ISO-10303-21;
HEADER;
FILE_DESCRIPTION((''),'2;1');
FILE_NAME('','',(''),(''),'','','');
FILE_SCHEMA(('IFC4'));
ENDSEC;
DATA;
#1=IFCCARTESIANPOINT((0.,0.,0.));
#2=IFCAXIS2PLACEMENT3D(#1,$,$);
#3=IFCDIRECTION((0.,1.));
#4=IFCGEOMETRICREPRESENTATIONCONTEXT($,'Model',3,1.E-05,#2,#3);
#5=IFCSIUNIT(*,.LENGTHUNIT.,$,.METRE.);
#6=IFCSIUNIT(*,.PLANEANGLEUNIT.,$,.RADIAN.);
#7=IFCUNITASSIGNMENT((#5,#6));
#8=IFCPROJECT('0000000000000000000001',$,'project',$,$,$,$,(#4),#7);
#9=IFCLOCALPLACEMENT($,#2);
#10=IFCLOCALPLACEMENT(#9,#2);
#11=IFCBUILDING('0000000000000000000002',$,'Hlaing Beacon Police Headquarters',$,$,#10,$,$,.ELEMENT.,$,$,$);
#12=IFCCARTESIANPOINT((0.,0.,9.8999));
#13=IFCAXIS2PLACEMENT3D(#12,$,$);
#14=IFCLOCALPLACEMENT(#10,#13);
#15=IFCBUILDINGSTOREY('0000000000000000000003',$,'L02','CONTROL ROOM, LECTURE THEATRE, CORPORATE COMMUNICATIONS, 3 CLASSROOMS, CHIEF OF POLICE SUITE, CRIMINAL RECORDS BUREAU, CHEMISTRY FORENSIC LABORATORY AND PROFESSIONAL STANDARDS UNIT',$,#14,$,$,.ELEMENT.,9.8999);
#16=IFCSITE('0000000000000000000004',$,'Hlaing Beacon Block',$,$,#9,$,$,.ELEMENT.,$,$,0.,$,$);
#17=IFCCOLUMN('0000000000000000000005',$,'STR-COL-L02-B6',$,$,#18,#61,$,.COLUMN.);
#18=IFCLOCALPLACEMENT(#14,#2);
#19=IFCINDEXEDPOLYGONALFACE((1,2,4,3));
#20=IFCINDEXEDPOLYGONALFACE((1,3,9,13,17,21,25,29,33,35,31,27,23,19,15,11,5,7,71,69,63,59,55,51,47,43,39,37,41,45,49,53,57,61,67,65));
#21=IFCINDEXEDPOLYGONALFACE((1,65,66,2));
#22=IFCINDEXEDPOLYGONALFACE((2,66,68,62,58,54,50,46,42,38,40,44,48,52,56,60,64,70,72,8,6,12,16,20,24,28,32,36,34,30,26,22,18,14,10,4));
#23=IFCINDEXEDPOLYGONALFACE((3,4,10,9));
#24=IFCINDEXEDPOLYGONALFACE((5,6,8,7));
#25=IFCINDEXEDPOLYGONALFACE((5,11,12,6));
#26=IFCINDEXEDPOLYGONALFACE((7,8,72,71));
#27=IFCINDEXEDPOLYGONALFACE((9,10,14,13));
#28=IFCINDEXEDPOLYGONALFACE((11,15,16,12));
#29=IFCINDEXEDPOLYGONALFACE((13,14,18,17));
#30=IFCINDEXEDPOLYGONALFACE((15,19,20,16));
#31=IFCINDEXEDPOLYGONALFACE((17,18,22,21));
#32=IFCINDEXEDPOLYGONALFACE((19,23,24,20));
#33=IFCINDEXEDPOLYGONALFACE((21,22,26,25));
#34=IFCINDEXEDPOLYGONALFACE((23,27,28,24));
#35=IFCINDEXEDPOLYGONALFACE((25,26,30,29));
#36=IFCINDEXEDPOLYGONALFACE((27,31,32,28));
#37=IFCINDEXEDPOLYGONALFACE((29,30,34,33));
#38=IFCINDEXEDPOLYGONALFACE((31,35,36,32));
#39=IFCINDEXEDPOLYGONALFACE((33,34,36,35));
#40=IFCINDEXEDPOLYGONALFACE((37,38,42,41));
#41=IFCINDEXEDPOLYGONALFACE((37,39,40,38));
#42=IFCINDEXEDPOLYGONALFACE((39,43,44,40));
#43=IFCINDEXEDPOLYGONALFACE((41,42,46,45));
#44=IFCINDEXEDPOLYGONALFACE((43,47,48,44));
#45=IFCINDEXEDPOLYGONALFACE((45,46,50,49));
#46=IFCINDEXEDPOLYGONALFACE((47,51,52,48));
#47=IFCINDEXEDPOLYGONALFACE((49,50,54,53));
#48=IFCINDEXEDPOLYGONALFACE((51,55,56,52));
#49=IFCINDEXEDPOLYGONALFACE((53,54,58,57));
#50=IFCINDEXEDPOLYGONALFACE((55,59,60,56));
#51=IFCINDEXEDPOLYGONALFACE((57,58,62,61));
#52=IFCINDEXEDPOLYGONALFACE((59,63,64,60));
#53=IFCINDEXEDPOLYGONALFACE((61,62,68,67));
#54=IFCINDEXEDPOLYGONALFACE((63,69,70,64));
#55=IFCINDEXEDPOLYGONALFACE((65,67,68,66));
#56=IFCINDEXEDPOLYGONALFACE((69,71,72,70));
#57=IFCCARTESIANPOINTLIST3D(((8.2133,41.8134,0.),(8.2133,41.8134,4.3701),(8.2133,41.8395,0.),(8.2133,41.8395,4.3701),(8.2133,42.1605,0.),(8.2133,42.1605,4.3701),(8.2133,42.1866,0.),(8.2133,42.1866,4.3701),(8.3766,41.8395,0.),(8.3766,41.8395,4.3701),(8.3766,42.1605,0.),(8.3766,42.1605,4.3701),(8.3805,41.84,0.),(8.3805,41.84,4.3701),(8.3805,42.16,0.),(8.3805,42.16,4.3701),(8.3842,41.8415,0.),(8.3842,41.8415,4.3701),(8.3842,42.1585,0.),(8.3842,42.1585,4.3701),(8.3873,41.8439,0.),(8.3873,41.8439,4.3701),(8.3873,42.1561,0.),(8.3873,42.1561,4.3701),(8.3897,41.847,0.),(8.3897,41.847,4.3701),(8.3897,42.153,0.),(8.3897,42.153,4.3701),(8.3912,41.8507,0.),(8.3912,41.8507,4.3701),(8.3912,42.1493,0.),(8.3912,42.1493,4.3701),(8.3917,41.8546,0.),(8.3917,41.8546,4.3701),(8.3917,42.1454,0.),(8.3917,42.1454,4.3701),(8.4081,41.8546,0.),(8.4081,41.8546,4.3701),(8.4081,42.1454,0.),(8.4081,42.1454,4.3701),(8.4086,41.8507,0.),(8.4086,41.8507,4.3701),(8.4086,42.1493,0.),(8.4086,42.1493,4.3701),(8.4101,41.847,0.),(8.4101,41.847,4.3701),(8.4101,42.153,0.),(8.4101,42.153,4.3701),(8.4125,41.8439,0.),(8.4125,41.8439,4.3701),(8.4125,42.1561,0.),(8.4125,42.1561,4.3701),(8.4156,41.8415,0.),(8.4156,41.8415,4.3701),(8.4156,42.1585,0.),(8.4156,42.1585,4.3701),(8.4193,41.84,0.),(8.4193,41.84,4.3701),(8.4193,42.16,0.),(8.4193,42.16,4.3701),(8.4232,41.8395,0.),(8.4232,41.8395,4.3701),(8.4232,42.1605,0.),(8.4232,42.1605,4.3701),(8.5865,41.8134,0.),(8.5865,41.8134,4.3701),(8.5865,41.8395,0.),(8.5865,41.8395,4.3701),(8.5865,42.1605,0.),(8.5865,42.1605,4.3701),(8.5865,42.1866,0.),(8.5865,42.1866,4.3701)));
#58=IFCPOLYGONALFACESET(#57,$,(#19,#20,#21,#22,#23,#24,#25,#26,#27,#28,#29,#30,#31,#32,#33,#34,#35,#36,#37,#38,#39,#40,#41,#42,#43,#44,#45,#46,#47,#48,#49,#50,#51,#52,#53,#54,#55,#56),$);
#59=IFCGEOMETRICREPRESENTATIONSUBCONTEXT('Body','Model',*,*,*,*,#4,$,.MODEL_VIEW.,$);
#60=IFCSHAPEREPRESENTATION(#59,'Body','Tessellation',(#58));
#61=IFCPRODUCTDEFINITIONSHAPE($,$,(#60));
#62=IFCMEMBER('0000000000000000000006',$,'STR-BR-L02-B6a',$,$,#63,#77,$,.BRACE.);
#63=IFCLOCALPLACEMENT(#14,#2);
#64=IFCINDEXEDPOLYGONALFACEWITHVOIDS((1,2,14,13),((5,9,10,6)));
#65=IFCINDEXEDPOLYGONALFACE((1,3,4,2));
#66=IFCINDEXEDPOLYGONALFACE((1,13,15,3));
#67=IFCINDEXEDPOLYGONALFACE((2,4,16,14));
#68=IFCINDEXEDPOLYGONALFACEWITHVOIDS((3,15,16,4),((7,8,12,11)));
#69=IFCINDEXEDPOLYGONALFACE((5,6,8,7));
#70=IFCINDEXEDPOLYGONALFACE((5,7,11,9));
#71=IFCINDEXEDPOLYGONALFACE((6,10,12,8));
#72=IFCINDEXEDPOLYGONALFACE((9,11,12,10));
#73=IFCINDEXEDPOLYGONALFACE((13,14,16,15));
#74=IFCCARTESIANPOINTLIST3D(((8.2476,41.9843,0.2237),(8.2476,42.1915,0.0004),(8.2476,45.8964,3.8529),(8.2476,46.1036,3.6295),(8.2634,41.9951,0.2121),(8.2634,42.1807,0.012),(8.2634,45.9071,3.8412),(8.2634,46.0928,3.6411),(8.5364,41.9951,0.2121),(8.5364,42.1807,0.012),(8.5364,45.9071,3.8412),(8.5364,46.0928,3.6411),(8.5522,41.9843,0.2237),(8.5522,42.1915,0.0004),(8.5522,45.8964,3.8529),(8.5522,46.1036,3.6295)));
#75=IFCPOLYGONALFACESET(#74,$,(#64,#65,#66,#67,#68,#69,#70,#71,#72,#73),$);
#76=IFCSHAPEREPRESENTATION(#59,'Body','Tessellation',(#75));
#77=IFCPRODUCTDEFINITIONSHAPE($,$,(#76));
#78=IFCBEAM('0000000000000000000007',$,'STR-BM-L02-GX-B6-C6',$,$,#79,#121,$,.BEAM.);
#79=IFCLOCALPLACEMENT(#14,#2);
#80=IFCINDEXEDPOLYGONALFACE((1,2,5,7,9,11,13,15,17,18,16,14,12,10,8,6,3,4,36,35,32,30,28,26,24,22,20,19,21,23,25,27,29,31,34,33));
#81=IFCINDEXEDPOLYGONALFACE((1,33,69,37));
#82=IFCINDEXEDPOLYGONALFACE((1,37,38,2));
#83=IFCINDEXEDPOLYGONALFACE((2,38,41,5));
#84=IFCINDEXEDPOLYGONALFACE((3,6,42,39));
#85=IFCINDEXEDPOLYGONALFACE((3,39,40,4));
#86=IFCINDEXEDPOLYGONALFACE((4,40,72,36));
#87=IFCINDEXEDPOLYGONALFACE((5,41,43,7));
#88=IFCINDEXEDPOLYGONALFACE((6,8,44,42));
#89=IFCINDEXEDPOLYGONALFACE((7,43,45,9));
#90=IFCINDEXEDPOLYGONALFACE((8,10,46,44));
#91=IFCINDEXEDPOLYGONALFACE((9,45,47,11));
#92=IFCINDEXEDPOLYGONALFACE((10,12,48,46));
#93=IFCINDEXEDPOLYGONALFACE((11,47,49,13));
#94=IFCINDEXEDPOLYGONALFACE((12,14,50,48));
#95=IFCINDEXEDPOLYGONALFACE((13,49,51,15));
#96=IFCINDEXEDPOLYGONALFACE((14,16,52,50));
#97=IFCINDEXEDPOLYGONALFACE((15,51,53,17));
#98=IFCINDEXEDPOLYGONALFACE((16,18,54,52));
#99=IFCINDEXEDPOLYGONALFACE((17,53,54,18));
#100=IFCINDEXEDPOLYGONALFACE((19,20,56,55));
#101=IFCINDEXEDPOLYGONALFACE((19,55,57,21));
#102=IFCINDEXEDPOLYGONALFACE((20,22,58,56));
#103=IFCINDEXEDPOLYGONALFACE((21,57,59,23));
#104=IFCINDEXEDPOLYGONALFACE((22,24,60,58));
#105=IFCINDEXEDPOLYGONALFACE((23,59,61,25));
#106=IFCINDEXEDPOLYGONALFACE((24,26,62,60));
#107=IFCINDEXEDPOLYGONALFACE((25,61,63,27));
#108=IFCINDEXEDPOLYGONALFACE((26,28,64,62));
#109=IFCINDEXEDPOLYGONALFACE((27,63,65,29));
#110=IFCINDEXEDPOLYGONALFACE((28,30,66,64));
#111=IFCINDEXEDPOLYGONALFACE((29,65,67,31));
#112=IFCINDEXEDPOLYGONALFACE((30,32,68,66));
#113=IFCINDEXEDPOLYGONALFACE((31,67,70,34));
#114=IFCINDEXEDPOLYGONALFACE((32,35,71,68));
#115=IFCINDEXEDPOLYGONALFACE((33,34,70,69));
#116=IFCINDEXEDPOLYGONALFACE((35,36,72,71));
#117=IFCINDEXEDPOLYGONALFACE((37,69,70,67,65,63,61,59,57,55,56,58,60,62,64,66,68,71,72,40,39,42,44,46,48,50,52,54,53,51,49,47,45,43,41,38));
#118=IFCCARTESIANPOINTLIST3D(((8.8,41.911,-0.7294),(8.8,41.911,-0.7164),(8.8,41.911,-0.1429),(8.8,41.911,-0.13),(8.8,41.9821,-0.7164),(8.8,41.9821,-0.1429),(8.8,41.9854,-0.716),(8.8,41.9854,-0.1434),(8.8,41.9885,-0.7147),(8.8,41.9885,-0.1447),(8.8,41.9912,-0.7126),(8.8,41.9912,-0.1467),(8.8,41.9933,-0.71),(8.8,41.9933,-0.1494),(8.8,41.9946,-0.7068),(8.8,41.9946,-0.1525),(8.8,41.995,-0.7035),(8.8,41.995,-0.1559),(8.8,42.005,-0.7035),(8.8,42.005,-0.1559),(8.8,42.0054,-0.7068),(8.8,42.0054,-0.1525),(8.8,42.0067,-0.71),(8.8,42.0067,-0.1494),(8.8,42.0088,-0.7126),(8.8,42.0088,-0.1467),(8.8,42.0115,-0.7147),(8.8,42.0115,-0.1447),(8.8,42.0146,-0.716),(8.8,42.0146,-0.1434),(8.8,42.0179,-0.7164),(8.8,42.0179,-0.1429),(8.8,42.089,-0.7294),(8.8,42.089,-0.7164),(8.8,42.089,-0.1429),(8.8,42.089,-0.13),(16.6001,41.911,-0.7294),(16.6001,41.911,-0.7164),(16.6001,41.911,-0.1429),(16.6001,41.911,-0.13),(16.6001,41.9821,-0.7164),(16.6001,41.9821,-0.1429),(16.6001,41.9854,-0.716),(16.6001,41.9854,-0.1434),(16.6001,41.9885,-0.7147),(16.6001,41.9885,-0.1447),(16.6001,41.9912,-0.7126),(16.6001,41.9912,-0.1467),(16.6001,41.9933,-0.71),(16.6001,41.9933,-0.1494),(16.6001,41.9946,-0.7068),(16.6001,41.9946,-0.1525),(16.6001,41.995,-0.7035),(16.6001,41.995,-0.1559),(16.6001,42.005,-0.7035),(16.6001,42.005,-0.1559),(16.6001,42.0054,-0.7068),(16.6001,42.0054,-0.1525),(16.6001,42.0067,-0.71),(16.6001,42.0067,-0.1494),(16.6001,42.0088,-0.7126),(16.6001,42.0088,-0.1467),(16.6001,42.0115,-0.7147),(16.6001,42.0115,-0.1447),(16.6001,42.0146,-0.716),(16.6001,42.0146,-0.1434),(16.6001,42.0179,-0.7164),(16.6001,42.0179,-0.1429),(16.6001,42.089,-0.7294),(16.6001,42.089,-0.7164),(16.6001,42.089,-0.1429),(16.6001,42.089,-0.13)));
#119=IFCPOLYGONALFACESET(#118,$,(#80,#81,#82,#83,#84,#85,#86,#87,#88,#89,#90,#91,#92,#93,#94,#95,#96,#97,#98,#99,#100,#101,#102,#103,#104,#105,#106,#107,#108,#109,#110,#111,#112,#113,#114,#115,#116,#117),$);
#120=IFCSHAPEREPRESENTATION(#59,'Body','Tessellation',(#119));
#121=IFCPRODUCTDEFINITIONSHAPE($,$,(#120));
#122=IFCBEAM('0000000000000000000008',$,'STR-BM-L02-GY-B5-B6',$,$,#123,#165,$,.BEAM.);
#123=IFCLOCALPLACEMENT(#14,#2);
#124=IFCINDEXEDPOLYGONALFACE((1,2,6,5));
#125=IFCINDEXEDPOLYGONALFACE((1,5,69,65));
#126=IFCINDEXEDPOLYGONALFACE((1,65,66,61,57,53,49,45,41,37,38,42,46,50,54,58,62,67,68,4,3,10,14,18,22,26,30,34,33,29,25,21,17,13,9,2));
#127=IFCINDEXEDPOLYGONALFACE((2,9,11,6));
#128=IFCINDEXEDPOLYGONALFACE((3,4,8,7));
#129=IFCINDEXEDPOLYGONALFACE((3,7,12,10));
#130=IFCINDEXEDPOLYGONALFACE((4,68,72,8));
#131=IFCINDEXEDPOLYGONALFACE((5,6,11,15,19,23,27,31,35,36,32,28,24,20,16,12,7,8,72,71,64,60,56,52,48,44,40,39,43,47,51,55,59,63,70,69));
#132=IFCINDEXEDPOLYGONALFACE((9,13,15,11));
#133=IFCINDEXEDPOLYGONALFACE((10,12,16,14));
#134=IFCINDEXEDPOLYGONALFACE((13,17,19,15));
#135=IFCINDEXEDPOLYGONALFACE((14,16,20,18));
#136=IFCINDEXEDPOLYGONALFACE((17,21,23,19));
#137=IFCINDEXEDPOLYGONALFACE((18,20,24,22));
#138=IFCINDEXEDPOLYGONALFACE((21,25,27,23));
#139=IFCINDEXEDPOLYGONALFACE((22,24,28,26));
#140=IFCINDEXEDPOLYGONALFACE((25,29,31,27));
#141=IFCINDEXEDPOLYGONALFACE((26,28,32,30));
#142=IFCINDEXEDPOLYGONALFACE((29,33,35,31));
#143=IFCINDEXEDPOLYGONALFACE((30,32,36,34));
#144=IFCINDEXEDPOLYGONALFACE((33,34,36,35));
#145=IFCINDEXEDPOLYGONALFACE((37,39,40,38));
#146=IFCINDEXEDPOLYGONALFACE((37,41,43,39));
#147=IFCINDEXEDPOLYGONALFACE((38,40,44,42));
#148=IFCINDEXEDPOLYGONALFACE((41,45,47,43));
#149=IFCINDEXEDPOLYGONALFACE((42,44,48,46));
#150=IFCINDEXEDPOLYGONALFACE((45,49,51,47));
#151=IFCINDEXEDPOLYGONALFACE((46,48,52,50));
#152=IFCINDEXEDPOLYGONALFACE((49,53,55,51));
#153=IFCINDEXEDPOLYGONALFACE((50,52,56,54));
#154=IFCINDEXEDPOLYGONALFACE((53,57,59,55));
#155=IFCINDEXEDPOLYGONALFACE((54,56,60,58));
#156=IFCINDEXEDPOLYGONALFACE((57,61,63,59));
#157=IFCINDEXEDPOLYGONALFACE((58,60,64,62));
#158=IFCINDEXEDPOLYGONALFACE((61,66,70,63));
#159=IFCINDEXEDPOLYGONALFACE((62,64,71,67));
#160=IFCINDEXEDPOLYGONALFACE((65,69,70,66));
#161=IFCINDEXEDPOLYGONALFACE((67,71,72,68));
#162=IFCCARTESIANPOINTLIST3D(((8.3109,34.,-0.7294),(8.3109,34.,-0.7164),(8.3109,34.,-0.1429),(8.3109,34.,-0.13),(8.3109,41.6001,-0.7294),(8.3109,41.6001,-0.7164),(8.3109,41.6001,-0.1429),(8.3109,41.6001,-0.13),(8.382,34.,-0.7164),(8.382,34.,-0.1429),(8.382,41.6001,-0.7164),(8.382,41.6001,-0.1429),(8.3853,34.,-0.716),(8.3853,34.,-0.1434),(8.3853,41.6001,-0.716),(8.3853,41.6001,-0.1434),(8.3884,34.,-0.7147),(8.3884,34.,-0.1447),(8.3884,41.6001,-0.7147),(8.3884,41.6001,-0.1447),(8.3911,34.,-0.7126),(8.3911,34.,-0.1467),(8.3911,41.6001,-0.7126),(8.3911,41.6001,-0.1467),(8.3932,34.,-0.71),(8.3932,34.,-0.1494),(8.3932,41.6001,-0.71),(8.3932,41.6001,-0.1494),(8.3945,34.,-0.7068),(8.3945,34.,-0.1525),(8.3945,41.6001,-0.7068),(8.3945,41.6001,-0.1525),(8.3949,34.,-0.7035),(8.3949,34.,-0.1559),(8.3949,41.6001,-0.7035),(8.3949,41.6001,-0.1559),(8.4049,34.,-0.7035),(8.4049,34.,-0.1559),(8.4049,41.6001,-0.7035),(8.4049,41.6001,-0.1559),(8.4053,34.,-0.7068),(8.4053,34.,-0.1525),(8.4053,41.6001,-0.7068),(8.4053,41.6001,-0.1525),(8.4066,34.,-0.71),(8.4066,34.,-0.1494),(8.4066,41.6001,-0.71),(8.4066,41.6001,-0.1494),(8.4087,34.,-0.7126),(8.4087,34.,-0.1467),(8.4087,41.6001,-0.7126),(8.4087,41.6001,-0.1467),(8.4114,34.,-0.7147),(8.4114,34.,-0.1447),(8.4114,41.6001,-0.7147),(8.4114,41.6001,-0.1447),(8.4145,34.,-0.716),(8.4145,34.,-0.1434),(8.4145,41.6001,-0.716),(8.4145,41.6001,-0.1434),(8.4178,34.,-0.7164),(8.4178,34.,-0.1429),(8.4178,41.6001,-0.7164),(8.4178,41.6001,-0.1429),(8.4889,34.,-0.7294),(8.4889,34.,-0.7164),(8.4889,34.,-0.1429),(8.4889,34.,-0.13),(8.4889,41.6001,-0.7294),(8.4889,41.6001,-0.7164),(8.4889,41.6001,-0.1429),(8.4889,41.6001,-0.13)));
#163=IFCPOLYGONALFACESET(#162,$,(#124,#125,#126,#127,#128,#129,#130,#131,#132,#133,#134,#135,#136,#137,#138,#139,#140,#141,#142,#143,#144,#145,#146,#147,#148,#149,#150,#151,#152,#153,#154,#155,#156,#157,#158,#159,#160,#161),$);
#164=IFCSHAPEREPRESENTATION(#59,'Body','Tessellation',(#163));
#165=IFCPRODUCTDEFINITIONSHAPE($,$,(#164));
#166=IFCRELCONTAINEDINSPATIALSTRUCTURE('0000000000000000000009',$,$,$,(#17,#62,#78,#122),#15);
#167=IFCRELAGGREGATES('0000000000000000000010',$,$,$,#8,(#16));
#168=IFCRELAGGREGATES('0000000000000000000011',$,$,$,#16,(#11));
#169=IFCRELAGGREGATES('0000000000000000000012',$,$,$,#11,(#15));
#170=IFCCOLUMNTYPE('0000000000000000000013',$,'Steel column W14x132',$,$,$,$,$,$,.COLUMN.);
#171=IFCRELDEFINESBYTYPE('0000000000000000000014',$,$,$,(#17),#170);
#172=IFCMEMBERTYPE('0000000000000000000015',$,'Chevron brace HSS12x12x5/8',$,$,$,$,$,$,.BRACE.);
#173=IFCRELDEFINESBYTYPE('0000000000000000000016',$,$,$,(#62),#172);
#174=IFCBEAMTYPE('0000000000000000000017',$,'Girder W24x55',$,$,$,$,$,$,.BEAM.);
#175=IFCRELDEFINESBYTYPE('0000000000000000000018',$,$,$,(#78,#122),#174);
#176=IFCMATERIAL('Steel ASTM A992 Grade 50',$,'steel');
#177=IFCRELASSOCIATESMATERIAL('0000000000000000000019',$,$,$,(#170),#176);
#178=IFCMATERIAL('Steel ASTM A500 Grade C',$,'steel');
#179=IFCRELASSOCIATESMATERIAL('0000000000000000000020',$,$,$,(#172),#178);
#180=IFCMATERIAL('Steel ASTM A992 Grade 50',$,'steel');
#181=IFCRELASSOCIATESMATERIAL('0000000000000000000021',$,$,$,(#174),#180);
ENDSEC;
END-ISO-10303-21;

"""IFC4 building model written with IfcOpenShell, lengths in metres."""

from ifc_helpers import new_model, si_unit, direction, frame, origin, origin_2d, place, context, subcontext, project, spatial, hollow_rectangle, i_section, extrude, material, material_profile, profile_set, type_object, element, save


model = new_model("IFC4")

# Units and contexts
model_context = context("Model", 3, precision=1e-05, world=origin(), true_north=direction((0.0, 1.0)))
body_context = subcontext(model_context, "Body", "Model", "MODEL_VIEW")
ifc_project = project(units=[si_unit("LENGTHUNIT", "METRE"), si_unit("PLANEANGLEUNIT", "RADIAN")], contexts=[model_context])

# Site, building, storey
site_placement = place(None, origin())
site = spatial("IfcSite", under=ifc_project, at=site_placement, Name="Hlaing Beacon Block", CompositionType="ELEMENT", RefElevation=0.0)
building_placement = place(site_placement, origin())
building = spatial("IfcBuilding", under=site, at=building_placement, Name="Hlaing Beacon Police Headquarters", CompositionType="ELEMENT")
storey_placement = place(building_placement, frame((0.0, 0.0, 9.8999)))
storey = spatial("IfcBuildingStorey", under=building, at=storey_placement, Name="L02", Description="CONTROL ROOM, LECTURE THEATRE, CORPORATE COMMUNICATIONS, 3 CLASSROOMS, CHIEF OF POLICE SUITE, CRIMINAL RECORDS BUREAU, CHEMISTRY FORENSIC LABORATORY AND PROFESSIONAL STANDARDS UNIT", CompositionType="ELEMENT", Elevation=9.8999)

# Column
ifc_material_1 = material(Name="Steel ASTM A992 Grade 50", Category="steel")
ifc_material_profile_1 = material_profile(ifc_material_1, i_section(OverallWidth=0.3733, OverallDepth=0.3733, WebThickness=0.0164, FlangeThickness=0.0261, FilletRadius=0.0151, at=origin_2d()), Name="W14x132")
ifc_profile_set_1 = profile_set([ifc_material_profile_1], Name="Steel ASTM A992 Grade 50")
column_type = type_object("IfcColumnType", Name="Steel column W14x132", PredefinedType="COLUMN", material=ifc_profile_set_1)
column_placement = place(storey_placement, frame((8.3999, 42.0, 0.0), z_axis=(0.0, 0.0, 1.0), x_axis=(1.0, 0.0, 0.0)))
element("IfcColumn", 1, at=column_placement, inside=storey, type_object=column_type, Name="STR-COL-L02-B6", PredefinedType="COLUMN", context=body_context, shape_type="SweptSolid", body=[
    extrude(i_section(OverallWidth=0.3733, OverallDepth=0.3733, WebThickness=0.0164, FlangeThickness=0.0261, FilletRadius=0.0151, at=origin_2d()), origin(), (0.0, 0.0, 1.0), 4.3701),
])

# Member
ifc_material_2 = material(Name="Steel ASTM A500 Grade C", Category="steel")
ifc_material_profile_2 = material_profile(ifc_material_2, hollow_rectangle(XDim=0.3047, YDim=0.3047, WallThickness=0.0159, at=origin_2d()), Name="HSS12x12x5/8")
ifc_profile_set_2 = profile_set([ifc_material_profile_2], Name="Steel ASTM A500 Grade C")
member_type = type_object("IfcMemberType", Name="Chevron brace HSS12x12x5/8", PredefinedType="BRACE", material=ifc_profile_set_2)
member_placement = place(storey_placement, frame((8.3999, 42.0879, 0.1121), z_axis=(0.0, 0.733123, 0.680097), x_axis=(-1.0, 0.0, 0.0)))
element("IfcMember", 2, at=member_placement, inside=storey, type_object=member_type, Name="STR-BR-L02-B6a", PredefinedType="BRACE", context=body_context, shape_type="SweptSolid", body=[
    extrude(hollow_rectangle(XDim=0.3047, YDim=0.3047, WallThickness=0.0159, at=origin_2d()), origin(), (0.0, 0.0, 1.0), 5.3362),
])

# Beams
ifc_material_3 = material(Name="Steel ASTM A992 Grade 50", Category="steel")
ifc_material_profile_3 = material_profile(ifc_material_3, i_section(OverallWidth=0.178, OverallDepth=0.5994, WebThickness=0.01, FlangeThickness=0.0129, FilletRadius=0.0129, at=origin_2d()), Name="W24x55")
ifc_profile_set_3 = profile_set([ifc_material_profile_3], Name="Steel ASTM A992 Grade 50")
beam_type_1 = type_object("IfcBeamType", Name="Girder W24x55", PredefinedType="BEAM", material=ifc_profile_set_3)
beam_1_placement = place(storey_placement, frame((8.8, 42.0, -0.4297), z_axis=(1.0, 0.0, 0.0), x_axis=(0.0, 1.0, 0.0)))
element("IfcBeam", 3, at=beam_1_placement, inside=storey, type_object=beam_type_1, Name="STR-BM-L02-GX-B6-C6", PredefinedType="BEAM", context=body_context, shape_type="SweptSolid", body=[
    extrude(i_section(OverallWidth=0.178, OverallDepth=0.5994, WebThickness=0.01, FlangeThickness=0.0129, FilletRadius=0.0129, at=origin_2d()), origin(), (0.0, 0.0, 1.0), 7.8),
])
beam_2_placement = place(storey_placement, frame((8.3999, 34.0, -0.4297), z_axis=(0.0, 1.0, 0.0), x_axis=(-1.0, 0.0, 0.0)))
element("IfcBeam", 4, at=beam_2_placement, inside=storey, type_object=beam_type_1, Name="STR-BM-L02-GY-B5-B6", PredefinedType="BEAM", context=body_context, shape_type="SweptSolid", body=[
    extrude(i_section(OverallWidth=0.178, OverallDepth=0.5994, WebThickness=0.01, FlangeThickness=0.0129, FilletRadius=0.0129, at=origin_2d()), origin(), (0.0, 0.0, 1.0), 7.6001),
])

save(model, "model.ifc")
